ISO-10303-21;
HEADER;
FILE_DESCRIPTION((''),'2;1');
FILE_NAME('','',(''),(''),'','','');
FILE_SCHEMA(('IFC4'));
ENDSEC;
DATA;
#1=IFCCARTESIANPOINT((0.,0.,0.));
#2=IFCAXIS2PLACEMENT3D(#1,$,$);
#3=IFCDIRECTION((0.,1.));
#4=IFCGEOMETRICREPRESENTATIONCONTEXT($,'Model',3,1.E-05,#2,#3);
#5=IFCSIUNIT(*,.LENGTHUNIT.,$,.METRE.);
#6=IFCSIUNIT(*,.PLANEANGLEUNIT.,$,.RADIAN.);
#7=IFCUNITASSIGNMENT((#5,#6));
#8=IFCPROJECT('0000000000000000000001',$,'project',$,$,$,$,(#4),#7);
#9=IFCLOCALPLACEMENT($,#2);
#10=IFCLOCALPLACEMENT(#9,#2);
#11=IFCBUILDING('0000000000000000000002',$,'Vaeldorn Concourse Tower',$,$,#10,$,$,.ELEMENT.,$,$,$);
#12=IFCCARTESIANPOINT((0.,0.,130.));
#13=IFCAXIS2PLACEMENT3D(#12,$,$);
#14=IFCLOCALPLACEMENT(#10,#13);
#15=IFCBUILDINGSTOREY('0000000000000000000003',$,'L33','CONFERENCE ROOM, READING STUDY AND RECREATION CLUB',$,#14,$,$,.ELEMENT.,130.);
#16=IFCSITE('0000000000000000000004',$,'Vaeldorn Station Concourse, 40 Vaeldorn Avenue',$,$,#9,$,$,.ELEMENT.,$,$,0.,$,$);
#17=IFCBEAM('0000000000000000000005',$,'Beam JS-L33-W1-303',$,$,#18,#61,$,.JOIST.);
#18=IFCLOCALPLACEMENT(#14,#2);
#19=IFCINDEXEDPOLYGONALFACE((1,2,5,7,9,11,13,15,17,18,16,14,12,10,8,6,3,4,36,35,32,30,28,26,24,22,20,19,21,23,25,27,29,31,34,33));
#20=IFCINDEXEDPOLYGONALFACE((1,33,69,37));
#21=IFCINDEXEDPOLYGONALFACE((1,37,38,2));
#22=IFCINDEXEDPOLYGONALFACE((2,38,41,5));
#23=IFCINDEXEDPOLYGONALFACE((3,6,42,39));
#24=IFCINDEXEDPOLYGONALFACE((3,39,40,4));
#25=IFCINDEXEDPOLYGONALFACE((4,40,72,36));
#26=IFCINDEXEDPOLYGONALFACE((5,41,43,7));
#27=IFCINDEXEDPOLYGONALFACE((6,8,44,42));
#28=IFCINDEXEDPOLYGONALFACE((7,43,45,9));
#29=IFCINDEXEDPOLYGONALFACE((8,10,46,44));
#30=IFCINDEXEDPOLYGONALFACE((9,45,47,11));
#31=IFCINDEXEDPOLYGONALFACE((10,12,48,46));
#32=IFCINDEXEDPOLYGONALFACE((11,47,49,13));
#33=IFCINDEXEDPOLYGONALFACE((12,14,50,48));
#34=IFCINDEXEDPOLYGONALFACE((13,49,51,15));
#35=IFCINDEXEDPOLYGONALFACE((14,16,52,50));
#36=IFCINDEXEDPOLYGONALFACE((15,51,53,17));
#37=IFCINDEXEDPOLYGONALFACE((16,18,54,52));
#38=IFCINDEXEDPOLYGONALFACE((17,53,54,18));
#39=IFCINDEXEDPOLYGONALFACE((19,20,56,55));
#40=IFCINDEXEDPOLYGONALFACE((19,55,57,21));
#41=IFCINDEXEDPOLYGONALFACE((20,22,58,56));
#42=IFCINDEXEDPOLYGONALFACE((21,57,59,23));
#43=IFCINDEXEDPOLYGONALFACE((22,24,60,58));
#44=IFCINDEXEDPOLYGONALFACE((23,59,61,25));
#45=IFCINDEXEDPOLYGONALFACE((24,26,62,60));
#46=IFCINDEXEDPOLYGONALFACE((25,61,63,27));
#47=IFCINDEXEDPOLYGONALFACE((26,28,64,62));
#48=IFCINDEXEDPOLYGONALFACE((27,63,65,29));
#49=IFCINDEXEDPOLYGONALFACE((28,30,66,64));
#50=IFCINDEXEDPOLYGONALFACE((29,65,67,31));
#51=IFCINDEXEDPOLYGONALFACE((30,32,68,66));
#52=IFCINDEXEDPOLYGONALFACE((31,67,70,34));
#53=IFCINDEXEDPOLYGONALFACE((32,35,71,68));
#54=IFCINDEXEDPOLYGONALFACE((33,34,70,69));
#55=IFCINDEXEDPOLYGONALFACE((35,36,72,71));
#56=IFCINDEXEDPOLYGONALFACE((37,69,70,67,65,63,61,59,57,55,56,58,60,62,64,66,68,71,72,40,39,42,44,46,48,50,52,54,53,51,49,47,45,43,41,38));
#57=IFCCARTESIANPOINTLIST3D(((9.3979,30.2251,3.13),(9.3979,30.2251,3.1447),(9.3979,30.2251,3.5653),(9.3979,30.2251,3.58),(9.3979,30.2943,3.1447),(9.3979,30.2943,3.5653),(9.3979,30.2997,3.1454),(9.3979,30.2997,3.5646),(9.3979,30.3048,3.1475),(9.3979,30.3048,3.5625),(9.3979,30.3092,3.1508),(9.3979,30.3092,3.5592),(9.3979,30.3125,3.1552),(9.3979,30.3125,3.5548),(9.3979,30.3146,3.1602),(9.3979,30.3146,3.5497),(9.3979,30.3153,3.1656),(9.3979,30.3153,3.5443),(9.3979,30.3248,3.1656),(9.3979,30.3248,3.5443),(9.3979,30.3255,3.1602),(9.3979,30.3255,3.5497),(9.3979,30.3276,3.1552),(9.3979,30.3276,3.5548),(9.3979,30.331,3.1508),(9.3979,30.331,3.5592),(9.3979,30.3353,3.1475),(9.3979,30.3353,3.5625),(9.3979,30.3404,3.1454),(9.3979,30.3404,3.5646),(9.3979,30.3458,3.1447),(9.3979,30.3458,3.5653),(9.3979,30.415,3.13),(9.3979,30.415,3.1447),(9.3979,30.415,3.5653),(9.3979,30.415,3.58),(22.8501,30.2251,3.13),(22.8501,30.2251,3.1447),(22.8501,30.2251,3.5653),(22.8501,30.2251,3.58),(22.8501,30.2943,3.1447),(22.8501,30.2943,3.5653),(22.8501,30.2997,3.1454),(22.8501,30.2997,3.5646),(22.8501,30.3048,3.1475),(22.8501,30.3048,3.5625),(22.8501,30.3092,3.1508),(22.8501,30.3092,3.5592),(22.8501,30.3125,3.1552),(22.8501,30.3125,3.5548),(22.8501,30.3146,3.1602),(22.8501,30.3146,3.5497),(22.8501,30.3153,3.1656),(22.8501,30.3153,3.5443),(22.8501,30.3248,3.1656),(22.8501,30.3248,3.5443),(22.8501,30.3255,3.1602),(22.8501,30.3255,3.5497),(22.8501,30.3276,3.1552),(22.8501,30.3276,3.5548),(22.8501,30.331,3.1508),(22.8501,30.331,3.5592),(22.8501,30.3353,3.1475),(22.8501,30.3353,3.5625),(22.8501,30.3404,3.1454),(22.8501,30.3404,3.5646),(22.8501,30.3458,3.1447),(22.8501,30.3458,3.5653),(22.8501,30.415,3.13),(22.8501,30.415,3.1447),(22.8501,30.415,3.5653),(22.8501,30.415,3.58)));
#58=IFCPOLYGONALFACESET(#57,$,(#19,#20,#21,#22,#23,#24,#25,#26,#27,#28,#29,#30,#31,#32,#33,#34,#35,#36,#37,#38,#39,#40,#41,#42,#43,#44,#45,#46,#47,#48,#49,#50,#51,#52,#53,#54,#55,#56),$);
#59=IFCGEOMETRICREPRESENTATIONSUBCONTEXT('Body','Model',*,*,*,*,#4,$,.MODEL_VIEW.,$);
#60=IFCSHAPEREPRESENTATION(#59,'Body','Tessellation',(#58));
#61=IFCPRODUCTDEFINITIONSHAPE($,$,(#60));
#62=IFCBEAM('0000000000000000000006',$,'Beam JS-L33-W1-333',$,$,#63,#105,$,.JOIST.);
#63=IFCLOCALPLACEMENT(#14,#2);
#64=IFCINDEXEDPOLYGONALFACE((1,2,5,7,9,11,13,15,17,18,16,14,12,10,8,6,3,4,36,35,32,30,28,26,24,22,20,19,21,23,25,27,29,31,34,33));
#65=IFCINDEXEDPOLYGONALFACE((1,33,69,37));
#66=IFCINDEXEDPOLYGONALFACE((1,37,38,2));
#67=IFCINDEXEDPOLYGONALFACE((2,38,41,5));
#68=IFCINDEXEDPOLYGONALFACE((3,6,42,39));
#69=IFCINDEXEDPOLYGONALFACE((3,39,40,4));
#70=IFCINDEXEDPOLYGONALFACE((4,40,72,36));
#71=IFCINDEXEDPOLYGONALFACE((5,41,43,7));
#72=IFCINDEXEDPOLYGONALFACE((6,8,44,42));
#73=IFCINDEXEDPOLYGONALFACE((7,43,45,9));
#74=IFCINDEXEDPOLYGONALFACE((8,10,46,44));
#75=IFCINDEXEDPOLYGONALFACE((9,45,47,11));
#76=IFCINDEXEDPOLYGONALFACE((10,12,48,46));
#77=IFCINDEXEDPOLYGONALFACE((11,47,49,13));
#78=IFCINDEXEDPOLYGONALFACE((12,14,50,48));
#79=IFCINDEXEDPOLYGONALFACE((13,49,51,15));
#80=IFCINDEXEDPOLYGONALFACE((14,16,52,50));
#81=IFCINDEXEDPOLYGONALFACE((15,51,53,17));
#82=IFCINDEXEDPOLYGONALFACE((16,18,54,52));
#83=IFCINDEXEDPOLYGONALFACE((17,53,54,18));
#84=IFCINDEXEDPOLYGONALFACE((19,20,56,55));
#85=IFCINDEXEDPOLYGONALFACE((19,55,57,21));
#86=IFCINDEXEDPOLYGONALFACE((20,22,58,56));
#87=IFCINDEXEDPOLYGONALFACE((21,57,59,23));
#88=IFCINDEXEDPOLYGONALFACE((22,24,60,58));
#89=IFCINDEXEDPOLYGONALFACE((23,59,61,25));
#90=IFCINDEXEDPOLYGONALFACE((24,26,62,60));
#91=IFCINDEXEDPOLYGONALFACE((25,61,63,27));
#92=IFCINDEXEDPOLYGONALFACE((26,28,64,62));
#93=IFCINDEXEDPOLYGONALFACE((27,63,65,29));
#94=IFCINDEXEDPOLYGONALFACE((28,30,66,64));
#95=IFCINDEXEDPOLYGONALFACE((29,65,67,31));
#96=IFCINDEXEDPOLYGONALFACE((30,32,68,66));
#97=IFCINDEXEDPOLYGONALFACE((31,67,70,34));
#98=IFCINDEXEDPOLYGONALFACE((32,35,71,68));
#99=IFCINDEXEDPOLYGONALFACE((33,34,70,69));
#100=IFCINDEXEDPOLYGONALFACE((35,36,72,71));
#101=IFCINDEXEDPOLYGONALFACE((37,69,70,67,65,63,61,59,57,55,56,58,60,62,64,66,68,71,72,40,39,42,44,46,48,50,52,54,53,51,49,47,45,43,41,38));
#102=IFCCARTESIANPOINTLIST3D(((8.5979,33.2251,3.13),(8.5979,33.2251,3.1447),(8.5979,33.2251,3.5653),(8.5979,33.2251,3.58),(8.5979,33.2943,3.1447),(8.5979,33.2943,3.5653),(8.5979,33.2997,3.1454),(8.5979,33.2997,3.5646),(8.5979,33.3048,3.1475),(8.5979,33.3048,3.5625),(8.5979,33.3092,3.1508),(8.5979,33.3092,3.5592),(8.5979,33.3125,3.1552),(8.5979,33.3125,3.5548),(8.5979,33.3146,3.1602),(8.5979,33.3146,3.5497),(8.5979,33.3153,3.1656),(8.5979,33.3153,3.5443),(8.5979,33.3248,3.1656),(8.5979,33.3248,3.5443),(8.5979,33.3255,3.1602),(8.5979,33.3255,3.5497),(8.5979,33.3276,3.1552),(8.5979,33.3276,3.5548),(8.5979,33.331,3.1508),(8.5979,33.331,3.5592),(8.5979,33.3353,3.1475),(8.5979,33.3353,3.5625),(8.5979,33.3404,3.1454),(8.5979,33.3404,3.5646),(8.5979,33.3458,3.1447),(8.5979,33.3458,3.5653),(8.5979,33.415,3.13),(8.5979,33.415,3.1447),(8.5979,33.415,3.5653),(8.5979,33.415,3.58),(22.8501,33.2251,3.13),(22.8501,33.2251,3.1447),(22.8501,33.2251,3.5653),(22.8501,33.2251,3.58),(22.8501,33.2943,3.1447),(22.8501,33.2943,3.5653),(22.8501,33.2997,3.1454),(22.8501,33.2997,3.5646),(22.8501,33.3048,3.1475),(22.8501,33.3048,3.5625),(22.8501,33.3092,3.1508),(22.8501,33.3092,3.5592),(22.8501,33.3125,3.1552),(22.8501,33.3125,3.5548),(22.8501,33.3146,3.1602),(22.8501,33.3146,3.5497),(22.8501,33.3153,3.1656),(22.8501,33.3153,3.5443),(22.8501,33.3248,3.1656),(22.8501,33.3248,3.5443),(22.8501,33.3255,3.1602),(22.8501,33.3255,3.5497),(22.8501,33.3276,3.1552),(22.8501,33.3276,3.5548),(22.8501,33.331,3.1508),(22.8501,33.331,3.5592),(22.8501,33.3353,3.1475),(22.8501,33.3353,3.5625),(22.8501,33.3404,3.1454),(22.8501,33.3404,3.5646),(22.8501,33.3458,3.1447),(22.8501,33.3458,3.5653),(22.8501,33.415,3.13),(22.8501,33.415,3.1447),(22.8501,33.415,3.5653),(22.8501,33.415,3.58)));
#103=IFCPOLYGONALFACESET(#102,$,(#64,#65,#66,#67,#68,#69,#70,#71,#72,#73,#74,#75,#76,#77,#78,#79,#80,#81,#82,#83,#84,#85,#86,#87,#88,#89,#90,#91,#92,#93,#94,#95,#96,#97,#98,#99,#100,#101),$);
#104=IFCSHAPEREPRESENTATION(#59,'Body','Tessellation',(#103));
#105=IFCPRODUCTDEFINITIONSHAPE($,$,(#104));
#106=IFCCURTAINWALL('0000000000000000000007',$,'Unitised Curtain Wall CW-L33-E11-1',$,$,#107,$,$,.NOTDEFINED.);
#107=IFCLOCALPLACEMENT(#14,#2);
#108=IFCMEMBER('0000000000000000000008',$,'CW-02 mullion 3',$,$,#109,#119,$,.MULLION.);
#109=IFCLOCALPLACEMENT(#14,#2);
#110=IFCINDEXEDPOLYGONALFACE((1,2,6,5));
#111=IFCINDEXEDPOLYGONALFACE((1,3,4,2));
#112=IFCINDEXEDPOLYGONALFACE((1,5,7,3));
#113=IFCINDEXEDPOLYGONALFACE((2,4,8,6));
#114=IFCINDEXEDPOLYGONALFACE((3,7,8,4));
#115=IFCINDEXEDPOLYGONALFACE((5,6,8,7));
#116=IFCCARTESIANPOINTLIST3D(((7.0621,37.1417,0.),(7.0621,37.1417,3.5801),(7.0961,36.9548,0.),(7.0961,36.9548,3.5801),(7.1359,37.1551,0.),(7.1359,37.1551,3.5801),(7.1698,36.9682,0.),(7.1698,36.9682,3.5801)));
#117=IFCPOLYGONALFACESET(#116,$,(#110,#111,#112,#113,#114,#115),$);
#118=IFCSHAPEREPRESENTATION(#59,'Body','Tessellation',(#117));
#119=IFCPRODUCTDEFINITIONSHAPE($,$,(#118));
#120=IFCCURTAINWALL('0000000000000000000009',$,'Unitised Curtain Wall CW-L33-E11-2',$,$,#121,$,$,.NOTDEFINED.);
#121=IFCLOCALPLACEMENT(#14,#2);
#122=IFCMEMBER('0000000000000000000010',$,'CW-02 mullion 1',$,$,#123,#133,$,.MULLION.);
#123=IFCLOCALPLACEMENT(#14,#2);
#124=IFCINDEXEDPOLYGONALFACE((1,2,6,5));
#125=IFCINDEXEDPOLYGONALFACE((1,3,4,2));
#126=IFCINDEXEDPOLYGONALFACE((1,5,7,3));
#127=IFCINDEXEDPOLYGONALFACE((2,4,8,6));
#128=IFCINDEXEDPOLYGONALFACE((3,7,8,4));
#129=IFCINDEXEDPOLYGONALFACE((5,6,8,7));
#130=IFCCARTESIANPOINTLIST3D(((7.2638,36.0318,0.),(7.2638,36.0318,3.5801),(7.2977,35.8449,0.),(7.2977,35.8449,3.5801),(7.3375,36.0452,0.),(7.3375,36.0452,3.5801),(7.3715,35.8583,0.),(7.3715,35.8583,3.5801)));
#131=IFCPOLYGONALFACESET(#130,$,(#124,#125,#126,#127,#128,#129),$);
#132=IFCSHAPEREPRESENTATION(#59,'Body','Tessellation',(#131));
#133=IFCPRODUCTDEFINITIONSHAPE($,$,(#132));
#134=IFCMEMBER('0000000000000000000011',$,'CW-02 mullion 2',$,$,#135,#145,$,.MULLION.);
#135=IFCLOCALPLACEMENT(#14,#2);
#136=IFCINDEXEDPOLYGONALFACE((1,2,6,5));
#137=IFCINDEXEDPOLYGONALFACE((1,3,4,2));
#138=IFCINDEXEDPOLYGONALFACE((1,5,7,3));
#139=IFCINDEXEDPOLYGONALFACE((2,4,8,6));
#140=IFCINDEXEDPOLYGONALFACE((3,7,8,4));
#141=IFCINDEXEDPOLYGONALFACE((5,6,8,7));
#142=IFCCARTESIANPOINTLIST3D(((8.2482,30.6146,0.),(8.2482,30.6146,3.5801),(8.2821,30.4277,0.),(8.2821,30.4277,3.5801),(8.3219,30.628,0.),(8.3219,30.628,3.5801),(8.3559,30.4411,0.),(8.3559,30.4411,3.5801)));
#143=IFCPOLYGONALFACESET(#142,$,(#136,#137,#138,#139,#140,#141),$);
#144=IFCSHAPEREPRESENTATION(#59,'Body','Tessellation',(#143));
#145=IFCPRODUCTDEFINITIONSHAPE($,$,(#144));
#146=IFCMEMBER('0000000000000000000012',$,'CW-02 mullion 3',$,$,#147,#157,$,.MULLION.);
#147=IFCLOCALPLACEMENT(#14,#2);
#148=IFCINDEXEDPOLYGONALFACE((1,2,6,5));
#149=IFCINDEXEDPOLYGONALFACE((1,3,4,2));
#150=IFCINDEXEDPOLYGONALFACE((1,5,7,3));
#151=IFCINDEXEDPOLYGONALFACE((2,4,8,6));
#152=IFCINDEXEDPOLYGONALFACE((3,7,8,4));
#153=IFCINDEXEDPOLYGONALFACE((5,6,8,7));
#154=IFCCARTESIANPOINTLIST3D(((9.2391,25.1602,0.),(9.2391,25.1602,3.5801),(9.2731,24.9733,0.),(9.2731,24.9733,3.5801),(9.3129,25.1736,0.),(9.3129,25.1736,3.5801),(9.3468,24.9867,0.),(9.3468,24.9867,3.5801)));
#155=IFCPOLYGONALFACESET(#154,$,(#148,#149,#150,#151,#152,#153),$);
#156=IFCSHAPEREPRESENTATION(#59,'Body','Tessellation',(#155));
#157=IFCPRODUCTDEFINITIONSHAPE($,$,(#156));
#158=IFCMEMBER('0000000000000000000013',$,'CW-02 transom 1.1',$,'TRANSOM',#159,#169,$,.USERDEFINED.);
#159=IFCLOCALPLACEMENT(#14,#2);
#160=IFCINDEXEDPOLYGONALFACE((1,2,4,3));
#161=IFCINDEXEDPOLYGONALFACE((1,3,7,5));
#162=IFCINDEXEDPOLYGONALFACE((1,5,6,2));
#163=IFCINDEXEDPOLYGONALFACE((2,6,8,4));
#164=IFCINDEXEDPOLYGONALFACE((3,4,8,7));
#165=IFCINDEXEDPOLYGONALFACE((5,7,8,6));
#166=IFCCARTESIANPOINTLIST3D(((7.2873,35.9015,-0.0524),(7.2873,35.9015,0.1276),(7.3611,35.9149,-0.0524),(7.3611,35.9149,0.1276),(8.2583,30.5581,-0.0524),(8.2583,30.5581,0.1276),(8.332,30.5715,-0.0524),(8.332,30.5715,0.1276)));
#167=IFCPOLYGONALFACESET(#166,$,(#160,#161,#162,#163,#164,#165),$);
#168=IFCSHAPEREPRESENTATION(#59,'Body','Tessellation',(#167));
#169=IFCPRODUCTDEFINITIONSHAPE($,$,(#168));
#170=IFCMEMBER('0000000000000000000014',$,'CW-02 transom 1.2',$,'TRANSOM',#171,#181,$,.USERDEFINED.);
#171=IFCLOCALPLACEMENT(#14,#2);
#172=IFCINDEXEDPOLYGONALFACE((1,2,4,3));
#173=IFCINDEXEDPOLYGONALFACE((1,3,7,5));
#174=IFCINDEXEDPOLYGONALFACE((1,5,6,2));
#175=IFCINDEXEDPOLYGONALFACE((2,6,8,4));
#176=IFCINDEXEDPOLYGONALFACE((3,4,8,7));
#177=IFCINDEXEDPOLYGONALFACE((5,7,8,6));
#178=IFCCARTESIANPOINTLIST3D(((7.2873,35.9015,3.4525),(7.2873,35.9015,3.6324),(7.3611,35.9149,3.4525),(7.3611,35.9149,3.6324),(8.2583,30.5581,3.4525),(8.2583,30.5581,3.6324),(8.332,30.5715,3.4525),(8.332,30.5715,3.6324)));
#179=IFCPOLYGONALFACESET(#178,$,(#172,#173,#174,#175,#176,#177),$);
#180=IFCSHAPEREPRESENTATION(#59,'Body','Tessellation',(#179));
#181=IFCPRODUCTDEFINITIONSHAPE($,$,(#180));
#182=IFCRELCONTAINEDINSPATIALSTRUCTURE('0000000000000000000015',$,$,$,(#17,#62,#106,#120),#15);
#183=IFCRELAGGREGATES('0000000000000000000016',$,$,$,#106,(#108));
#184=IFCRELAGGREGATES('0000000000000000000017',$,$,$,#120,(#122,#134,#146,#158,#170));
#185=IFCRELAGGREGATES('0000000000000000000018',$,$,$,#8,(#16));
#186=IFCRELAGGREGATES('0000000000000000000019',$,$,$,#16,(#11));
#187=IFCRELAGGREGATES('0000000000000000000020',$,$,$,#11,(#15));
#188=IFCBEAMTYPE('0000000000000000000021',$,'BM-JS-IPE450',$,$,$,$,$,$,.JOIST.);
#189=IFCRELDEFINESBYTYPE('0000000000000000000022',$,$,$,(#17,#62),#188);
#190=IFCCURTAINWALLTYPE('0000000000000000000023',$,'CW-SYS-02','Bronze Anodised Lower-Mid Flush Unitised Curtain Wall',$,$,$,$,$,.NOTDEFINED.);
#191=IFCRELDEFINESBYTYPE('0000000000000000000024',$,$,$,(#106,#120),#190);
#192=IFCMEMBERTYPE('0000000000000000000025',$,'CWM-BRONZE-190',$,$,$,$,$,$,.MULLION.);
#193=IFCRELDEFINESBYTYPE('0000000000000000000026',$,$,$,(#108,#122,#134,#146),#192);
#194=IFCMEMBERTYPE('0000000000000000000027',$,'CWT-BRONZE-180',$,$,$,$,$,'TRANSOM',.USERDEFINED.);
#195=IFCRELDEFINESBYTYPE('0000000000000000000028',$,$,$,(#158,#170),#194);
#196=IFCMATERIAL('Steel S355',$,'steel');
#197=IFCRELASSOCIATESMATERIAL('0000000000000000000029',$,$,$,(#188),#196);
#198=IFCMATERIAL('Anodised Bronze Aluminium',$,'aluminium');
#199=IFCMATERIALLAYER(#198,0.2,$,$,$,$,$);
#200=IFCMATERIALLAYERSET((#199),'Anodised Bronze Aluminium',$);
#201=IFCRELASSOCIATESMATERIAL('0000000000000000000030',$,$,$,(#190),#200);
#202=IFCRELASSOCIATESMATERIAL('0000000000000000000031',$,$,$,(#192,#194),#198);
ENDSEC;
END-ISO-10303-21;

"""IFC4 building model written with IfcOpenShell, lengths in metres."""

from ifc_helpers import new_model, si_unit, direction, frame, origin, origin_2d, place, context, subcontext, project, spatial, rectangle, i_section, extrude, source, transform, mapped, material, layer, layer_set, material_profile, profile_set, type_object, element, aggregate, save


model = new_model("IFC4")

# Units and contexts
model_context = context("Model", 3, precision=1e-05, world=origin(), true_north=direction((0.0, 1.0)))
body_context = subcontext(model_context, "Body", "Model", "MODEL_VIEW")
ifc_project = project(units=[si_unit("LENGTHUNIT", "METRE"), si_unit("PLANEANGLEUNIT", "RADIAN")], contexts=[model_context])

# Site, building, storey
site_placement = place(None, origin())
site = spatial("IfcSite", under=ifc_project, at=site_placement, Name="Vaeldorn Station Concourse, 40 Vaeldorn Avenue", CompositionType="ELEMENT", RefElevation=0.0)
building_placement = place(site_placement, origin())
building = spatial("IfcBuilding", under=site, at=building_placement, Name="Vaeldorn Concourse Tower", CompositionType="ELEMENT")
storey_placement = place(building_placement, frame((0.0, 0.0, 130.0)))
storey = spatial("IfcBuildingStorey", under=building, at=storey_placement, Name="L33", Description="CONFERENCE ROOM, READING STUDY AND RECREATION CLUB", CompositionType="ELEMENT", Elevation=130.0)

# Beams
ifc_material_1 = material(Name="Steel S355", Category="steel")
ifc_material_profile_1 = material_profile(ifc_material_1, i_section(OverallWidth=0.1899, OverallDepth=0.45, WebThickness=0.0095, FlangeThickness=0.0146, FilletRadius=0.021, at=origin_2d()), Name="IPE 450")
ifc_profile_set_1 = profile_set([ifc_material_profile_1], Name="Steel S355")
beam_type_1 = type_object("IfcBeamType", Name="BM-JS-IPE450", PredefinedType="JOIST", material=ifc_profile_set_1)
shared_shape_1 = source(origin(), body_context, "Body", "SweptSolid", [
    extrude(i_section(OverallWidth=0.1899, OverallDepth=0.45, WebThickness=0.0095, FlangeThickness=0.0146, FilletRadius=0.021, at=origin_2d()), origin(), (0.0, 0.0, 1.0), 13.4521),
])
beam_1_placement = place(storey_placement, frame((9.3979, 30.3201, 3.355), z_axis=(1.0, 0.0, 0.0), x_axis=(0.0, 1.0, 0.0)))
element("IfcBeam", 1, at=beam_1_placement, inside=storey, type_object=beam_type_1, Name="Beam JS-L33-W1-303", PredefinedType="JOIST", context=body_context, shape_type="MappedRepresentation", body=[
    mapped(shared_shape_1, transform((0.0, 0.0, 0.0), scale=1.0)),
])
shared_shape_2 = source(origin(), body_context, "Body", "SweptSolid", [
    extrude(i_section(OverallWidth=0.1899, OverallDepth=0.45, WebThickness=0.0095, FlangeThickness=0.0146, FilletRadius=0.021, at=origin_2d()), origin(), (0.0, 0.0, 1.0), 14.2522),
])
beam_2_placement = place(storey_placement, frame((8.5979, 33.3201, 3.355), z_axis=(1.0, 0.0, 0.0), x_axis=(0.0, 1.0, 0.0)))
element("IfcBeam", 2, at=beam_2_placement, inside=storey, type_object=beam_type_1, Name="Beam JS-L33-W1-333", PredefinedType="JOIST", context=body_context, shape_type="MappedRepresentation", body=[
    mapped(shared_shape_2, transform((0.0, 0.0, 0.0), scale=1.0)),
])

# Curtain wall, member
ifc_material_2 = material(Name="Anodised Bronze Aluminium", Category="aluminium")
ifc_layer_1 = layer(ifc_material_2, 0.2)
ifc_layer_set_1 = layer_set([ifc_layer_1], Name="Anodised Bronze Aluminium")
curtain_wall_type = type_object("IfcCurtainWallType", Name="CW-SYS-02", Description="Bronze Anodised Lower-Mid Flush Unitised Curtain Wall", PredefinedType="NOTDEFINED", material=ifc_layer_set_1)
curtain_wall_1_placement = place(storey_placement, origin())
curtain_wall_1 = element("IfcCurtainWall", 3, at=curtain_wall_1_placement, inside=storey, type_object=curtain_wall_type, Name="Unitised Curtain Wall CW-L33-E11-1", PredefinedType="NOTDEFINED")
ifc_material_profile_2 = material_profile(ifc_material_2, rectangle(XDim=0.075, YDim=0.1899, at=origin_2d()), Name="CWM 75x190")
ifc_profile_set_2 = profile_set([ifc_material_profile_2], Name="Anodised Bronze Aluminium")
member_type_1 = type_object("IfcMemberType", Name="CWM-BRONZE-190", PredefinedType="MULLION", material=ifc_profile_set_2)
shared_shape_3 = source(origin(), body_context, "Body", "SweptSolid", [
    extrude(rectangle(XDim=0.075, YDim=0.1899, at=origin_2d()), origin(), (0.0, 0.0, 1.0), 3.5801),
])
member_1_placement = place(storey_placement, frame((7.116, 37.0549, 0.0), z_axis=(0.0, 0.0, 1.0), x_axis=(0.983891, 0.178771, 0.0)))
member_1 = element("IfcMember", 4, at=member_1_placement, type_object=member_type_1, Name="CW-02 mullion 3", PredefinedType="MULLION", context=body_context, shape_type="MappedRepresentation", body=[
    mapped(shared_shape_3, transform((0.0, 0.0, 0.0), scale=1.0)),
])

# Curtain wall, members
curtain_wall_2_placement = place(storey_placement, origin())
curtain_wall_2 = element("IfcCurtainWall", 5, at=curtain_wall_2_placement, inside=storey, type_object=curtain_wall_type, Name="Unitised Curtain Wall CW-L33-E11-2", PredefinedType="NOTDEFINED")
member_2_placement = place(storey_placement, frame((7.3176, 35.9451, 0.0), z_axis=(0.0, 0.0, 1.0), x_axis=(0.98389, 0.178774, 0.0)))
member_2 = element("IfcMember", 6, at=member_2_placement, type_object=member_type_1, Name="CW-02 mullion 1", PredefinedType="MULLION", context=body_context, shape_type="MappedRepresentation", body=[
    mapped(shared_shape_3, transform((0.0, 0.0, 0.0), scale=1.0)),
])
member_3_placement = place(storey_placement, frame((8.302, 30.5278, 0.0), z_axis=(0.0, 0.0, 1.0), x_axis=(0.98389, 0.178774, 0.0)))
member_3 = element("IfcMember", 7, at=member_3_placement, type_object=member_type_1, Name="CW-02 mullion 2", PredefinedType="MULLION", context=body_context, shape_type="MappedRepresentation", body=[
    mapped(shared_shape_3, transform((0.0, 0.0, 0.0), scale=1.0)),
])
member_4_placement = place(storey_placement, frame((9.293, 25.0735, 0.0), z_axis=(0.0, 0.0, 1.0), x_axis=(0.98389, 0.178774, 0.0)))
member_4 = element("IfcMember", 8, at=member_4_placement, type_object=member_type_1, Name="CW-02 mullion 3", PredefinedType="MULLION", context=body_context, shape_type="MappedRepresentation", body=[
    mapped(shared_shape_3, transform((0.0, 0.0, 0.0), scale=1.0)),
])
ifc_material_profile_3 = material_profile(ifc_material_2, rectangle(XDim=0.075, YDim=0.1799, at=origin_2d()), Name="CWT 75x180")
ifc_profile_set_3 = profile_set([ifc_material_profile_3], Name="Anodised Bronze Aluminium")
member_type_2 = type_object("IfcMemberType", Name="CWT-BRONZE-180", ElementType="TRANSOM", PredefinedType="USERDEFINED", material=ifc_profile_set_3)
shared_shape_4 = source(origin(), body_context, "Body", "SweptSolid", [
    extrude(rectangle(XDim=0.075, YDim=0.1799, at=origin_2d()), origin(), (0.0, 0.0, 1.0), 5.4309),
])
member_5_placement = place(storey_placement, frame((7.3242, 35.9082, 0.0376), z_axis=(0.178779, -0.983889, 0.0), x_axis=(0.983889, 0.178779, 0.0)))
member_5 = element("IfcMember", 9, at=member_5_placement, type_object=member_type_2, Name="CW-02 transom 1.1", ObjectType="TRANSOM", PredefinedType="USERDEFINED", context=body_context, shape_type="MappedRepresentation", body=[
    mapped(shared_shape_4, transform((0.0, 0.0, 0.0), scale=1.0)),
])
member_6_placement = place(storey_placement, frame((7.3242, 35.9082, 3.5425), z_axis=(0.178779, -0.983889, 0.0), x_axis=(0.983889, 0.178779, 0.0)))
member_6 = element("IfcMember", 10, at=member_6_placement, type_object=member_type_2, Name="CW-02 transom 1.2", ObjectType="TRANSOM", PredefinedType="USERDEFINED", context=body_context, shape_type="MappedRepresentation", body=[
    mapped(shared_shape_4, transform((0.0, 0.0, 0.0), scale=1.0)),
])

aggregate(curtain_wall_1, [member_1])
aggregate(curtain_wall_2, [member_2, member_3, member_4, member_5, member_6])

save(model, "model.ifc")
